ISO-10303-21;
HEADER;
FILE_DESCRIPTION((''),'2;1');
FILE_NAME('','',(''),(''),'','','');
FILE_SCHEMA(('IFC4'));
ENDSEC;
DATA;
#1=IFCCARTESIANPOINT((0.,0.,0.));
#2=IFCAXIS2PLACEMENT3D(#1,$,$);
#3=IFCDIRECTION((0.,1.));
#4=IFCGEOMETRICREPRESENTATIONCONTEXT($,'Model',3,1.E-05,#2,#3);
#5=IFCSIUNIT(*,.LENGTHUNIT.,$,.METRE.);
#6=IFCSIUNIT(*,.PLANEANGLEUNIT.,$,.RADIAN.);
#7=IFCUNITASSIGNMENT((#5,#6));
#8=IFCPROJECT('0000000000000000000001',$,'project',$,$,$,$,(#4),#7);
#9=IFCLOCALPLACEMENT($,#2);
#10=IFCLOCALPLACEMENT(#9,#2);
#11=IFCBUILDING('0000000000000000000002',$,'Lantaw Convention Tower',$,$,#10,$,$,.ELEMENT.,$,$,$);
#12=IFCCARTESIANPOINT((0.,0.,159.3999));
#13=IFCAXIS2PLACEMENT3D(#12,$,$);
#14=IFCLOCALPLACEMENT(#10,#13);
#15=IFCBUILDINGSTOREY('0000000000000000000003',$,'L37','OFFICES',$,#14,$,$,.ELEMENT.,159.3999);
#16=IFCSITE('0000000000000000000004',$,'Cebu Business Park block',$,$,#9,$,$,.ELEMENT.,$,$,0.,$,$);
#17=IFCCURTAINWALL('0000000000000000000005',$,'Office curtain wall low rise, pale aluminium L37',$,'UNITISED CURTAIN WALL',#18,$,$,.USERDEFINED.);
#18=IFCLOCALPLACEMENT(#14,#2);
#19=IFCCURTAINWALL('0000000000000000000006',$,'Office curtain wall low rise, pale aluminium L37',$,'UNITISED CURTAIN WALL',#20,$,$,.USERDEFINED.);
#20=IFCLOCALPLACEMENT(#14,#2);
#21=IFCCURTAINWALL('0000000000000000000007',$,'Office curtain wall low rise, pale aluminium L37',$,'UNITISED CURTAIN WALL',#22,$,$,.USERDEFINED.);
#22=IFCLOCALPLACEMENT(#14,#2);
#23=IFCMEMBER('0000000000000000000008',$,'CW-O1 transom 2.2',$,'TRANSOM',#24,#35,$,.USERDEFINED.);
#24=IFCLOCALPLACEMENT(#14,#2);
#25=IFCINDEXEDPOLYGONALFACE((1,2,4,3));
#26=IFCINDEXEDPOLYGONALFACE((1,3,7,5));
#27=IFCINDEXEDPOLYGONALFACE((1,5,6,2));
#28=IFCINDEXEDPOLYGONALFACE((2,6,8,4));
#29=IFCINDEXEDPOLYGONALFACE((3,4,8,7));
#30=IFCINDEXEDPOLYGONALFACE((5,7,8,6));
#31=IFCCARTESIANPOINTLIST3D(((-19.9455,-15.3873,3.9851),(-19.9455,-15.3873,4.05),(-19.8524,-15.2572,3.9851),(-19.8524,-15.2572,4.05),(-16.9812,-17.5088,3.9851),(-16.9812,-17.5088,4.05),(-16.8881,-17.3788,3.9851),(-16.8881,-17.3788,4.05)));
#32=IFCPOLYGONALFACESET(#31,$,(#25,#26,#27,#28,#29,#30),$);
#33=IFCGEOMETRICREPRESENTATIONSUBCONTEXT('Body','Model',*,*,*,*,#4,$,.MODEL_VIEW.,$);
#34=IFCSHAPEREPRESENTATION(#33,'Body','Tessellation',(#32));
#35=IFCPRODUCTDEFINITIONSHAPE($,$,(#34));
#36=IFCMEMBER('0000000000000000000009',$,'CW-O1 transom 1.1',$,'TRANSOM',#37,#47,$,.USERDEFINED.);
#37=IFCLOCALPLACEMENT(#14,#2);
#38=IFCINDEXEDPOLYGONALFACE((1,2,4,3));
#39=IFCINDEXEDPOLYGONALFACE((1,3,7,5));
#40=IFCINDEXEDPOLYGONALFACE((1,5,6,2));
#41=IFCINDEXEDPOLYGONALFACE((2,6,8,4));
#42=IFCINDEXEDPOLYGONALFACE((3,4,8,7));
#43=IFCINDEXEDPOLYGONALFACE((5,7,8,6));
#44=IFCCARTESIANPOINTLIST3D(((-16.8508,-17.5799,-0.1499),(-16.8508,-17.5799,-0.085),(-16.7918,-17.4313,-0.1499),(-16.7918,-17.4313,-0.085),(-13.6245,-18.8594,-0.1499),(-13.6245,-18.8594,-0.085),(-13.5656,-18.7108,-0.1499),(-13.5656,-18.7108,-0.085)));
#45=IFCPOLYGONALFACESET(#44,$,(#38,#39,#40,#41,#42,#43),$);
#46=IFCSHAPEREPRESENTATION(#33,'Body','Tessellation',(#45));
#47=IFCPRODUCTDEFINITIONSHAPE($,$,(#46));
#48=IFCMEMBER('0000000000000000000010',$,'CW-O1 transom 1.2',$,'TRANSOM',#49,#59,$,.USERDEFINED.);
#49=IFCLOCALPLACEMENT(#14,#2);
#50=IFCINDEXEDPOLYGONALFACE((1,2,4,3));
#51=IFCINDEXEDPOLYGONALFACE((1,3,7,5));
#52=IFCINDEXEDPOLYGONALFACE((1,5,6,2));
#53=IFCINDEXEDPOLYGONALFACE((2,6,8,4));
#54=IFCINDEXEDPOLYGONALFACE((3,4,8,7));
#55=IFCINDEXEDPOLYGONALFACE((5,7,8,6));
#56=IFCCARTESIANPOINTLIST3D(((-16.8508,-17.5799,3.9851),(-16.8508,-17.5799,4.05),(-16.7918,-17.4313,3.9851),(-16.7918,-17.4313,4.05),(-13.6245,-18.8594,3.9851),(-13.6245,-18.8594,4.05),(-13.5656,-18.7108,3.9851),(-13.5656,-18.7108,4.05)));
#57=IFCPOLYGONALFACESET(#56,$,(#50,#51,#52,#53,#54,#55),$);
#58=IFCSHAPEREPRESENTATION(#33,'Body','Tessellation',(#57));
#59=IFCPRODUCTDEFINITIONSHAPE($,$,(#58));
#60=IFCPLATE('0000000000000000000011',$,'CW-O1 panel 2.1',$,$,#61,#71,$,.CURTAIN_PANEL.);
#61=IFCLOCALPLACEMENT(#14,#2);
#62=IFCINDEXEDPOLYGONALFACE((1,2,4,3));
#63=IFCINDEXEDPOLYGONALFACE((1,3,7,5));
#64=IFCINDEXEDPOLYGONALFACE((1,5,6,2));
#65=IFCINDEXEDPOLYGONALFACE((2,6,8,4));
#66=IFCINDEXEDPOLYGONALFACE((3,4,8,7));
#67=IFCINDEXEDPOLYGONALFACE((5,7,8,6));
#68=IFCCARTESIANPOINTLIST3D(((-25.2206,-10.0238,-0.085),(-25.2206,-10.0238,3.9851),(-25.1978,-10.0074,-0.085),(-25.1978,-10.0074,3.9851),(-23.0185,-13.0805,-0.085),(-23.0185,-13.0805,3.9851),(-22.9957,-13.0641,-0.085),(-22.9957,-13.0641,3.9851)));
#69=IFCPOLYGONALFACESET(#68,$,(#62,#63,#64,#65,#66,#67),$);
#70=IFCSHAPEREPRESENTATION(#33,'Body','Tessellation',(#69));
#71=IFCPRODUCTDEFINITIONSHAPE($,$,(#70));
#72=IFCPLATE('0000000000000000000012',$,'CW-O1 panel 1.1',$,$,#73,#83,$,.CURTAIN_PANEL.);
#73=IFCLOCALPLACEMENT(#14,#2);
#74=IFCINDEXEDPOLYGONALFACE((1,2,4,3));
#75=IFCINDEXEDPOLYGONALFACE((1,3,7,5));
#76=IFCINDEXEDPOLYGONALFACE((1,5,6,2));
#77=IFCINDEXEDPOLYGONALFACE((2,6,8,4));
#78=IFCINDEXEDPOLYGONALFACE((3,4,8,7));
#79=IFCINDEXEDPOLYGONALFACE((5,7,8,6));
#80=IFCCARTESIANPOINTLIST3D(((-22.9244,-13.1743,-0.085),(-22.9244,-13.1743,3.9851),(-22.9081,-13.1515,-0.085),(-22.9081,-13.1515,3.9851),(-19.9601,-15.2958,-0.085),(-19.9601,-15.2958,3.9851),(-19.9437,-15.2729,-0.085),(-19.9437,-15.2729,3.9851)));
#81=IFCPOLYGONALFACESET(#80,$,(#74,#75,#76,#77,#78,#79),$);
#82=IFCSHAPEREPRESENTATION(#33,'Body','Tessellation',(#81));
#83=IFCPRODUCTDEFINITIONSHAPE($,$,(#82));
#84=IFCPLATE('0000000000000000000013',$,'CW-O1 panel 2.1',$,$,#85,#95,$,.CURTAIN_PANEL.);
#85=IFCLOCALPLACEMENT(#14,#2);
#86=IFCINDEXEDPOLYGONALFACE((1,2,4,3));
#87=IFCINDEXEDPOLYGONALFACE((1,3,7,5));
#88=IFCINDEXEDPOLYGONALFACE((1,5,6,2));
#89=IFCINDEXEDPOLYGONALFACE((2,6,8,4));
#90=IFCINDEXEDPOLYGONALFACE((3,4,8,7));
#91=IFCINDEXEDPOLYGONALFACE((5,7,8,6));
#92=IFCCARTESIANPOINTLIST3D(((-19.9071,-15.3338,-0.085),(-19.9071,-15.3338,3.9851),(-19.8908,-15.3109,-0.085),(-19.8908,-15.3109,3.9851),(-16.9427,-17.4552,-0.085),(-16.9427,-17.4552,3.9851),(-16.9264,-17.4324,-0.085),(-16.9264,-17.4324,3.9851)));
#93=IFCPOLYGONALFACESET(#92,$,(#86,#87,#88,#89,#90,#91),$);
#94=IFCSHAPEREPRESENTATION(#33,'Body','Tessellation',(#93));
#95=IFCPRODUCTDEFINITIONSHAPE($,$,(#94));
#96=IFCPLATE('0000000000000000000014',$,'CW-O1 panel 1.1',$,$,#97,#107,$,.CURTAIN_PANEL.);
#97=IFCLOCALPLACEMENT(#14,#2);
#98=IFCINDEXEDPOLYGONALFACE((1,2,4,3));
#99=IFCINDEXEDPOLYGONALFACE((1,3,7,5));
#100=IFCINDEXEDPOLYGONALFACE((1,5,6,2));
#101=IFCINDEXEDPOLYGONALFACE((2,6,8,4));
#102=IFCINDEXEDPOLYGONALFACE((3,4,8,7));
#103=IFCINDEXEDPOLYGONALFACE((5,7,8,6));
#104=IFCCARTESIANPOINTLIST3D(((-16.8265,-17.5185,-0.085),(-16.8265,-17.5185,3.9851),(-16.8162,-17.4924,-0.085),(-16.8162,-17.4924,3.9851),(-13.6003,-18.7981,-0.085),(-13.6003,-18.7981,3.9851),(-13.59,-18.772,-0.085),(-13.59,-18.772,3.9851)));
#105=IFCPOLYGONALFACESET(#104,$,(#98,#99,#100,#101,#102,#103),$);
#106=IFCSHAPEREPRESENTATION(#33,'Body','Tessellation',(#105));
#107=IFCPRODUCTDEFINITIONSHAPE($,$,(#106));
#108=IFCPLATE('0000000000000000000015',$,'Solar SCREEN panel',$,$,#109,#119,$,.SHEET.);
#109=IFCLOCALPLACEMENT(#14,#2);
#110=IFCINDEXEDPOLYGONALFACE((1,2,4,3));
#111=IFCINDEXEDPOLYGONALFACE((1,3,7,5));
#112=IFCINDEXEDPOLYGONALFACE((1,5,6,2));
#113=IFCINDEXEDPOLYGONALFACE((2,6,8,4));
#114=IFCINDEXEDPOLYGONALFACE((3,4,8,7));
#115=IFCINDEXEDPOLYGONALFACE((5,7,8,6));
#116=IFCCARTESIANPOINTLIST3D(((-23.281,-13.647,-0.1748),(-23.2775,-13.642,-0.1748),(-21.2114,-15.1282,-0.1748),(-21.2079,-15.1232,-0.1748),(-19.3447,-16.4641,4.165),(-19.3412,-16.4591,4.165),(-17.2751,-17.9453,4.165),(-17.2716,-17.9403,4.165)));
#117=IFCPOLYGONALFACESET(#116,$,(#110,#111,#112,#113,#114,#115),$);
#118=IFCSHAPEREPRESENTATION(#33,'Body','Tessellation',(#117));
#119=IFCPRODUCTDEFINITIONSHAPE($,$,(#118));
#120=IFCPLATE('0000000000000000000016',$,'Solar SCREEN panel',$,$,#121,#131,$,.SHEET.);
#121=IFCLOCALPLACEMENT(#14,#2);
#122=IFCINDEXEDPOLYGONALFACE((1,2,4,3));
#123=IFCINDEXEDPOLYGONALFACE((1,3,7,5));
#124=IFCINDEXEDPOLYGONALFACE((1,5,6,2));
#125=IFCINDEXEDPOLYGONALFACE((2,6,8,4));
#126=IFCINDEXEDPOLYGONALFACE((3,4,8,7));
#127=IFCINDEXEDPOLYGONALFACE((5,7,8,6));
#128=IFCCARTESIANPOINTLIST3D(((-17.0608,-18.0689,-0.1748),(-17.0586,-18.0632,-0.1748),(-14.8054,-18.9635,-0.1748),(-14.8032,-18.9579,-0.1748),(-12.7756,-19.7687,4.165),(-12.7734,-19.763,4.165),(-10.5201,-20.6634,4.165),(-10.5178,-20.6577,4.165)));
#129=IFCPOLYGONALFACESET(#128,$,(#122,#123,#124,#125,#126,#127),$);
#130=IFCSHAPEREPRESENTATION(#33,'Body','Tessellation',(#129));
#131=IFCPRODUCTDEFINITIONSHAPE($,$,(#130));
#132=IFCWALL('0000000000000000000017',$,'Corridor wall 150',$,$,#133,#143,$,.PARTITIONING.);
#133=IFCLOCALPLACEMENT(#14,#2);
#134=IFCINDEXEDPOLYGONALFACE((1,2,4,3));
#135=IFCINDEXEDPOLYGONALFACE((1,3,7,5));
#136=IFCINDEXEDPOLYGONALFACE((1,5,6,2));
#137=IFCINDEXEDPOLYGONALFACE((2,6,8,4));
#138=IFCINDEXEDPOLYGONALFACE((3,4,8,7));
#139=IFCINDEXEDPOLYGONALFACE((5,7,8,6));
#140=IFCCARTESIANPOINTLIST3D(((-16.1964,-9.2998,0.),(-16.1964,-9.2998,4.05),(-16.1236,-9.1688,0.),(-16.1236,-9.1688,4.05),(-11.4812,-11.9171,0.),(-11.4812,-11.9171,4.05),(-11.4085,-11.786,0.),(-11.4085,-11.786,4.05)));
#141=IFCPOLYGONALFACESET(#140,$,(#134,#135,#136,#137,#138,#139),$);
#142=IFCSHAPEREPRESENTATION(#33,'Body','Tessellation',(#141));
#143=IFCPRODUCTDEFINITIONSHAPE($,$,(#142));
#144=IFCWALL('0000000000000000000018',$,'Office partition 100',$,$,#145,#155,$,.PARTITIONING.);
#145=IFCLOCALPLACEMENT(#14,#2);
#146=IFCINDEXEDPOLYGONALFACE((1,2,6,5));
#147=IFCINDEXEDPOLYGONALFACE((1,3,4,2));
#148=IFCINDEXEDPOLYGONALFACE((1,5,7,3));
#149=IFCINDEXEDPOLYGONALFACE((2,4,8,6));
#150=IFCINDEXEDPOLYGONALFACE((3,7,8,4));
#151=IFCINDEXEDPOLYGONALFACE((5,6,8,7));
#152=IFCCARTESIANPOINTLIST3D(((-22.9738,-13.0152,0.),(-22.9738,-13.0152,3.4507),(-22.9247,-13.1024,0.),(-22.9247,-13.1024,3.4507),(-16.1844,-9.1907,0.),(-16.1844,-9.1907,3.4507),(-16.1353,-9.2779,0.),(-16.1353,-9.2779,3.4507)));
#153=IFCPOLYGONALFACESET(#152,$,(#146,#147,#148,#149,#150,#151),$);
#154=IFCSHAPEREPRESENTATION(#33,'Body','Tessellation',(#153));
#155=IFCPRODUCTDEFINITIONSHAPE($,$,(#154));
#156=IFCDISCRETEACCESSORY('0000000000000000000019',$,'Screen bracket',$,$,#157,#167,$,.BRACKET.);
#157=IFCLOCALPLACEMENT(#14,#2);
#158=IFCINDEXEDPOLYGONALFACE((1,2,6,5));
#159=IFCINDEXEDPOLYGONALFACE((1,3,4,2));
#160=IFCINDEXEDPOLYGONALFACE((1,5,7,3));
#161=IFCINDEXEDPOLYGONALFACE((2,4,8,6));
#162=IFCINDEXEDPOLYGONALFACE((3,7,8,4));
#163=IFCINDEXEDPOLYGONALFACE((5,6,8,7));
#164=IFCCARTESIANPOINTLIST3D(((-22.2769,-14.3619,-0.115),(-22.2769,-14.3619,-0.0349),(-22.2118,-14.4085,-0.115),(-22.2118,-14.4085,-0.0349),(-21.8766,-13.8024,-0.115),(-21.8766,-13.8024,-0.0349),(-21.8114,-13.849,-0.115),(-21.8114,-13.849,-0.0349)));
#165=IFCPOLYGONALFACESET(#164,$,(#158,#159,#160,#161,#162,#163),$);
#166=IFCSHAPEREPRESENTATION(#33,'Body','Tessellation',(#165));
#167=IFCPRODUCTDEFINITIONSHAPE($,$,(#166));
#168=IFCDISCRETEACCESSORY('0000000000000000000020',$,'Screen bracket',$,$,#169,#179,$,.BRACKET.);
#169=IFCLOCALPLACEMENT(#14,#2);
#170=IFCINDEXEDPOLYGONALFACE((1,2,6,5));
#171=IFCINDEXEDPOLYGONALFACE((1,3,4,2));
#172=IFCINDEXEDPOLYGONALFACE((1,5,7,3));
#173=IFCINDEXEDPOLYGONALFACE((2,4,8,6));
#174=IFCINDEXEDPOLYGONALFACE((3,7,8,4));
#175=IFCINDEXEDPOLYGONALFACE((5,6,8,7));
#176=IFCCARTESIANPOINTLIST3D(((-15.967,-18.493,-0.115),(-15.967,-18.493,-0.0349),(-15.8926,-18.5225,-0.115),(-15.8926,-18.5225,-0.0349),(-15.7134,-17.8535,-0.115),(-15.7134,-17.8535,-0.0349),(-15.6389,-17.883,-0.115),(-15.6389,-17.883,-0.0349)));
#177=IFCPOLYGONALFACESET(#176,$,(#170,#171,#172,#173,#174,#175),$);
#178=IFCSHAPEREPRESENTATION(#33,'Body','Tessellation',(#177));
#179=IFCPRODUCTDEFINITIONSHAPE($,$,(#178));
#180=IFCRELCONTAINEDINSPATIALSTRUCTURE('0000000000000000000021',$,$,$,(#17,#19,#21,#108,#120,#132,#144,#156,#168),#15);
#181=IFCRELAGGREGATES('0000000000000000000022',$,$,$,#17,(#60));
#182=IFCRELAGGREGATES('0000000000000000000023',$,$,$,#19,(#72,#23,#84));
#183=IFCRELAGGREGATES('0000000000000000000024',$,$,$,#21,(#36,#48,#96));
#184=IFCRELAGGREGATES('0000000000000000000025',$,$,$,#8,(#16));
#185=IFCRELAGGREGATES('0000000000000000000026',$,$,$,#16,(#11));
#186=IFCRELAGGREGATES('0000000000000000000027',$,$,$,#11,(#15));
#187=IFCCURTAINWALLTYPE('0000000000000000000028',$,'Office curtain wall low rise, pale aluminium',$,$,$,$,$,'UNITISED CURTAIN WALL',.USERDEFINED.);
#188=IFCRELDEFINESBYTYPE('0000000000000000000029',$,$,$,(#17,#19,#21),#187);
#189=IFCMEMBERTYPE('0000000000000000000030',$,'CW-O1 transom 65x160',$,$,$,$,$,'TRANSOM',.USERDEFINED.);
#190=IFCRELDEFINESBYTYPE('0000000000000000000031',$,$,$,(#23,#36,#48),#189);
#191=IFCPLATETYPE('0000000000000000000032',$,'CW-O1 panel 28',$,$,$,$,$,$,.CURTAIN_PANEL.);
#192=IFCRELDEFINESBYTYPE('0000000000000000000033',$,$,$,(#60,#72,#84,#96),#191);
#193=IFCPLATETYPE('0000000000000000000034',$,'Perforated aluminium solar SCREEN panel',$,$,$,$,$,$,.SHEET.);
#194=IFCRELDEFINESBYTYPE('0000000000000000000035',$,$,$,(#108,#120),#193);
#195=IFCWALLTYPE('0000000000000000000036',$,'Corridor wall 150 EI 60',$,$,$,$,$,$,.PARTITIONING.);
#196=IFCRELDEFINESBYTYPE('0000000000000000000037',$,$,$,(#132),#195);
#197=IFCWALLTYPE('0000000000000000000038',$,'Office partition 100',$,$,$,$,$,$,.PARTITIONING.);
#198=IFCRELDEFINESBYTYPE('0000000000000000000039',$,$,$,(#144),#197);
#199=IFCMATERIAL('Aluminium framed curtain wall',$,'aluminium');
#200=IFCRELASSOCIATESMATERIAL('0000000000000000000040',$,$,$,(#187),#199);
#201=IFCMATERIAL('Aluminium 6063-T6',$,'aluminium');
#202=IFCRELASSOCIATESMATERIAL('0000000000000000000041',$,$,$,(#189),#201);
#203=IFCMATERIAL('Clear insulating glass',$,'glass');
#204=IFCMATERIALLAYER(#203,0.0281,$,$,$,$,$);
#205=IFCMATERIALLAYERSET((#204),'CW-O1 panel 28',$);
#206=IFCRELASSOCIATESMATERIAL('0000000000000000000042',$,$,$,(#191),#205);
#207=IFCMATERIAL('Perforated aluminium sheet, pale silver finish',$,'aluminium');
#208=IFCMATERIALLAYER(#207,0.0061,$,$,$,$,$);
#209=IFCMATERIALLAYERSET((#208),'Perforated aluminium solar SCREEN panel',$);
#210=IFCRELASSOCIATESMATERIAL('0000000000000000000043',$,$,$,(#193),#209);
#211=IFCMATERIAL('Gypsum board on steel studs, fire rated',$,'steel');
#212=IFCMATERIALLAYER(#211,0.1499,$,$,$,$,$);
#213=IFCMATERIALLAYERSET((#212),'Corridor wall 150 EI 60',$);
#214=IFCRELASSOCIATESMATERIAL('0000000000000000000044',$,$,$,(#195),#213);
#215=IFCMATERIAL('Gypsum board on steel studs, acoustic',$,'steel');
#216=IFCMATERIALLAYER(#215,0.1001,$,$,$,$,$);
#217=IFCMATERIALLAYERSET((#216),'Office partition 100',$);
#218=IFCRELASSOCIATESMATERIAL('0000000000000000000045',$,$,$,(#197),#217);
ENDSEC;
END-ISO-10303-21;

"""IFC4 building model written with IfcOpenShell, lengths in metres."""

from ifc_helpers import new_model, si_unit, direction, frame, frame_2d, origin, origin_2d, place, context, subcontext, project, spatial, polyline, rectangle, outline, extrude, material, layer, layer_set, material_profile, profile_set, type_object, element, aggregate, save


model = new_model("IFC4")

# Units and contexts
model_context = context("Model", 3, precision=1e-05, world=origin(), true_north=direction((0.0, 1.0)))
body_context = subcontext(model_context, "Body", "Model", "MODEL_VIEW")
ifc_project = project(units=[si_unit("LENGTHUNIT", "METRE"), si_unit("PLANEANGLEUNIT", "RADIAN")], contexts=[model_context])

# Site, building, storey
site_placement = place(None, origin())
site = spatial("IfcSite", under=ifc_project, at=site_placement, Name="Cebu Business Park block", CompositionType="ELEMENT", RefElevation=0.0)
building_placement = place(site_placement, origin())
building = spatial("IfcBuilding", under=site, at=building_placement, Name="Lantaw Convention Tower", CompositionType="ELEMENT")
storey_placement = place(building_placement, frame((0.0, 0.0, 159.3999)))
storey = spatial("IfcBuildingStorey", under=building, at=storey_placement, Name="L37", Description="OFFICES", CompositionType="ELEMENT", Elevation=159.3999)

# Curtain walls
ifc_material_1 = material(Name="Aluminium framed curtain wall", Category="aluminium")
curtain_wall_type = type_object("IfcCurtainWallType", Name="Office curtain wall low rise, pale aluminium", ElementType="UNITISED CURTAIN WALL", PredefinedType="USERDEFINED", material=ifc_material_1)
curtain_wall_1_placement = place(storey_placement, origin())
curtain_wall_1 = element("IfcCurtainWall", 1, at=curtain_wall_1_placement, inside=storey, type_object=curtain_wall_type, Name="Office curtain wall low rise, pale aluminium L37", ObjectType="UNITISED CURTAIN WALL", PredefinedType="USERDEFINED")
ifc_material_2 = material(Name="Aluminium 6063-T6", Category="aluminium")
curtain_wall_2_placement = place(storey_placement, origin())
curtain_wall_2 = element("IfcCurtainWall", 2, at=curtain_wall_2_placement, inside=storey, type_object=curtain_wall_type, Name="Office curtain wall low rise, pale aluminium L37", ObjectType="UNITISED CURTAIN WALL", PredefinedType="USERDEFINED")

# Curtain wall
curtain_wall_3_placement = place(storey_placement, origin())
curtain_wall_3 = element("IfcCurtainWall", 3, at=curtain_wall_3_placement, inside=storey, type_object=curtain_wall_type, Name="Office curtain wall low rise, pale aluminium L37", ObjectType="UNITISED CURTAIN WALL", PredefinedType="USERDEFINED")

# Members
ifc_material_profile_1 = material_profile(ifc_material_2, rectangle(XDim=0.1599, YDim=0.0649, at=origin_2d()), Name="CW-O1 transom 65x160")
ifc_profile_set_1 = profile_set([ifc_material_profile_1], Name="Aluminium 6063-T6")
member_type_1 = type_object("IfcMemberType", Name="CW-O1 transom 65x160", ElementType="TRANSOM", PredefinedType="USERDEFINED", material=ifc_profile_set_1)
member_1_placement = place(storey_placement, frame((-19.8989, -15.3223, 4.0176), z_axis=(0.81319, -0.581998, 0.0), x_axis=(0.581998, 0.81319, 0.0)))
member_1 = element("IfcMember", 4, at=member_1_placement, type_object=member_type_1, Name="CW-O1 transom 2.2", ObjectType="TRANSOM", PredefinedType="USERDEFINED", context=body_context, shape_type="SweptSolid", body=[
    extrude(rectangle(XDim=0.1599, YDim=0.0649, at=origin_2d()), origin(), (0.0, 0.0, 1.0), 3.6453),
])
member_2_placement = place(storey_placement, frame((-16.8213, -17.5056, -0.1174), z_axis=(0.929564, -0.36866, 0.0), x_axis=(0.36866, 0.929564, 0.0)))
member_2 = element("IfcMember", 5, at=member_2_placement, type_object=member_type_1, Name="CW-O1 transom 1.1", ObjectType="TRANSOM", PredefinedType="USERDEFINED", context=body_context, shape_type="SweptSolid", body=[
    extrude(rectangle(XDim=0.1599, YDim=0.0649, at=origin_2d()), origin(), (0.0, 0.0, 1.0), 3.4707),
])
member_3_placement = place(storey_placement, frame((-16.8213, -17.5056, 4.0176), z_axis=(0.929564, -0.36866, 0.0), x_axis=(0.36866, 0.929564, 0.0)))
member_3 = element("IfcMember", 6, at=member_3_placement, type_object=member_type_1, Name="CW-O1 transom 1.2", ObjectType="TRANSOM", PredefinedType="USERDEFINED", context=body_context, shape_type="SweptSolid", body=[
    extrude(rectangle(XDim=0.1599, YDim=0.0649, at=origin_2d()), origin(), (0.0, 0.0, 1.0), 3.4707),
])

# Plates
ifc_material_3 = material(Name="Clear insulating glass", Category="glass")
ifc_layer_1 = layer(ifc_material_3, 0.0281)
ifc_layer_set_1 = layer_set([ifc_layer_1], Name="CW-O1 panel 28")
plate_type_1 = type_object("IfcPlateType", Name="CW-O1 panel 28", PredefinedType="CURTAIN_PANEL", material=ifc_layer_set_1)
plate_1_placement = place(storey_placement, frame((-24.1082, -11.5439, -0.085), z_axis=(0.0, 0.0, 1.0), x_axis=(0.584513, -0.811385, 0.0)))
plate_1 = element("IfcPlate", 7, at=plate_1_placement, type_object=plate_type_1, Name="CW-O1 panel 2.1", PredefinedType="CURTAIN_PANEL", context=body_context, shape_type="SweptSolid", body=[
    extrude(rectangle(XDim=3.7673, YDim=0.0281, at=origin_2d()), origin(), (0.0, 0.0, 1.0), 4.0701),
])
aggregate(curtain_wall_1, [plate_1])
plate_2_placement = place(storey_placement, frame((-21.4341, -14.2236, -0.085), z_axis=(0.0, 0.0, 1.0), x_axis=(0.813208, -0.581973, 0.0)))
plate_2 = element("IfcPlate", 8, at=plate_2_placement, type_object=plate_type_1, Name="CW-O1 panel 1.1", PredefinedType="CURTAIN_PANEL", context=body_context, shape_type="SweptSolid", body=[
    extrude(rectangle(XDim=3.6453, YDim=0.0281, at=origin_2d()), origin(), (0.0, 0.0, 1.0), 4.0701),
])
plate_3_placement = place(storey_placement, frame((-18.4167, -16.3831, -0.085), z_axis=(0.0, 0.0, 1.0), x_axis=(0.813208, -0.581973, 0.0)))
plate_3 = element("IfcPlate", 9, at=plate_3_placement, type_object=plate_type_1, Name="CW-O1 panel 2.1", PredefinedType="CURTAIN_PANEL", context=body_context, shape_type="SweptSolid", body=[
    extrude(rectangle(XDim=3.6453, YDim=0.0281, at=origin_2d()), origin(), (0.0, 0.0, 1.0), 4.0701),
])
aggregate(curtain_wall_2, [plate_2, member_1, plate_3])
plate_4_placement = place(storey_placement, frame((-15.2083, -18.1453, -0.085), z_axis=(0.0, 0.0, 1.0), x_axis=(0.929548, -0.368702, 0.0)))
plate_4 = element("IfcPlate", 10, at=plate_4_placement, type_object=plate_type_1, Name="CW-O1 panel 1.1", PredefinedType="CURTAIN_PANEL", context=body_context, shape_type="SweptSolid", body=[
    extrude(rectangle(XDim=3.4707, YDim=0.0281, at=origin_2d()), origin(), (0.0, 0.0, 1.0), 4.0701),
])
aggregate(curtain_wall_3, [member_2, member_3, plate_4])

# Plates
ifc_material_4 = material(Name="Perforated aluminium sheet, pale silver finish", Category="aluminium")
ifc_layer_2 = layer(ifc_material_4, 0.0061)
ifc_layer_set_2 = layer_set([ifc_layer_2], Name="Perforated aluminium solar SCREEN panel")
plate_type_2 = type_object("IfcPlateType", Name="Perforated aluminium solar SCREEN panel", PredefinedType="SHEET", material=ifc_layer_set_2)
plate_5_placement = place(storey_placement, frame((-23.281, -13.647, -0.1748), z_axis=(-0.582, -0.813189, 0.000012), x_axis=(0.813189, -0.582, 0.0)))
element("IfcPlate", 11, at=plate_5_placement, inside=storey, type_object=plate_type_2, Name="Solar SCREEN panel", PredefinedType="SHEET", context=body_context, shape_type="SweptSolid", body=[
    extrude(outline(polyline([(0.0, 0.0), (2.545, 0.0), (7.3855, 4.3398), (4.8405, 4.3398), (0.0, 0.0)])), origin(), (0.0, 0.0, -1.0), 0.0061),
])
plate_6_placement = place(storey_placement, frame((-17.0586, -18.0632, -0.1748), z_axis=(0.368709, 0.929545, 0.000011), x_axis=(0.929545, -0.368709, 0.0)))
element("IfcPlate", 12, at=plate_6_placement, inside=storey, type_object=plate_type_2, Name="Solar SCREEN panel", PredefinedType="SHEET", context=body_context, shape_type="SweptSolid", body=[
    extrude(outline(polyline([(0.0, 0.0), (2.4264, 0.0), (7.0365, -4.3398), (4.61, -4.3398), (0.0, 0.0)])), origin(), (0.0, 0.0, -1.0), 0.0061),
])

# Walls
ifc_material_5 = material(Name="Gypsum board on steel studs, fire rated", Category="steel")
ifc_layer_3 = layer(ifc_material_5, 0.1499)
ifc_layer_set_3 = layer_set([ifc_layer_3], Name="Corridor wall 150 EI 60")
wall_type_1 = type_object("IfcWallType", Name="Corridor wall 150 EI 60", PredefinedType="PARTITIONING", material=ifc_layer_set_3)
wall_1_placement = place(storey_placement, frame((-16.1599, -9.2344, 0.0), z_axis=(0.0, 0.0, 1.0), x_axis=(0.874339, -0.485316, 0.0)))
element("IfcWall", 13, at=wall_1_placement, inside=storey, type_object=wall_type_1, Name="Corridor wall 150", PredefinedType="PARTITIONING", context=body_context, shape_type="SweptSolid", body=[
    extrude(rectangle(XDim=5.3928, YDim=0.1499, at=frame_2d((2.6963, 0.0))), origin(), (0.0, 0.0, 1.0), 4.05),
])
ifc_material_6 = material(Name="Gypsum board on steel studs, acoustic", Category="steel")
ifc_layer_4 = layer(ifc_material_6, 0.1001)
ifc_layer_set_4 = layer_set([ifc_layer_4], Name="Office partition 100")
wall_type_2 = type_object("IfcWallType", Name="Office partition 100", PredefinedType="PARTITIONING", material=ifc_layer_set_4)
wall_2_placement = place(storey_placement, frame((-22.9492, -13.0588, 0.0), z_axis=(0.0, 0.0, 1.0), x_axis=(0.871275, 0.490795, 0.0)))
element("IfcWall", 14, at=wall_2_placement, inside=storey, type_object=wall_type_2, Name="Office partition 100", PredefinedType="PARTITIONING", context=body_context, shape_type="SweptSolid", body=[
    extrude(rectangle(XDim=7.7925, YDim=0.1001, at=frame_2d((3.8962, 0.0))), origin(), (0.0, 0.0, 1.0), 3.4507),
])

# Discrete accessories
for number, where, z_axis, x_axis, name in (
    (15, (-22.0442, -14.1055, -0.115), (0.0, 0.0, 1.0), (0.813208, -0.581973, 0.0), "Screen bracket"),
    (16, (-15.803, -18.188, -0.115), (0.0, 0.0, 1.0), (0.929548, -0.368702, 0.0), "Screen bracket"),
):
    element("IfcDiscreteAccessory", number, at=place(storey_placement, frame(where, z_axis=z_axis, x_axis=x_axis)), inside=storey, Name=name, PredefinedType="BRACKET", context=body_context, shape_type="SweptSolid", body=[
        extrude(rectangle(XDim=0.0801, YDim=0.688, at=origin_2d()), origin(), (0.0, 0.0, 1.0), 0.0801),
    ])

save(model, "model.ifc")
